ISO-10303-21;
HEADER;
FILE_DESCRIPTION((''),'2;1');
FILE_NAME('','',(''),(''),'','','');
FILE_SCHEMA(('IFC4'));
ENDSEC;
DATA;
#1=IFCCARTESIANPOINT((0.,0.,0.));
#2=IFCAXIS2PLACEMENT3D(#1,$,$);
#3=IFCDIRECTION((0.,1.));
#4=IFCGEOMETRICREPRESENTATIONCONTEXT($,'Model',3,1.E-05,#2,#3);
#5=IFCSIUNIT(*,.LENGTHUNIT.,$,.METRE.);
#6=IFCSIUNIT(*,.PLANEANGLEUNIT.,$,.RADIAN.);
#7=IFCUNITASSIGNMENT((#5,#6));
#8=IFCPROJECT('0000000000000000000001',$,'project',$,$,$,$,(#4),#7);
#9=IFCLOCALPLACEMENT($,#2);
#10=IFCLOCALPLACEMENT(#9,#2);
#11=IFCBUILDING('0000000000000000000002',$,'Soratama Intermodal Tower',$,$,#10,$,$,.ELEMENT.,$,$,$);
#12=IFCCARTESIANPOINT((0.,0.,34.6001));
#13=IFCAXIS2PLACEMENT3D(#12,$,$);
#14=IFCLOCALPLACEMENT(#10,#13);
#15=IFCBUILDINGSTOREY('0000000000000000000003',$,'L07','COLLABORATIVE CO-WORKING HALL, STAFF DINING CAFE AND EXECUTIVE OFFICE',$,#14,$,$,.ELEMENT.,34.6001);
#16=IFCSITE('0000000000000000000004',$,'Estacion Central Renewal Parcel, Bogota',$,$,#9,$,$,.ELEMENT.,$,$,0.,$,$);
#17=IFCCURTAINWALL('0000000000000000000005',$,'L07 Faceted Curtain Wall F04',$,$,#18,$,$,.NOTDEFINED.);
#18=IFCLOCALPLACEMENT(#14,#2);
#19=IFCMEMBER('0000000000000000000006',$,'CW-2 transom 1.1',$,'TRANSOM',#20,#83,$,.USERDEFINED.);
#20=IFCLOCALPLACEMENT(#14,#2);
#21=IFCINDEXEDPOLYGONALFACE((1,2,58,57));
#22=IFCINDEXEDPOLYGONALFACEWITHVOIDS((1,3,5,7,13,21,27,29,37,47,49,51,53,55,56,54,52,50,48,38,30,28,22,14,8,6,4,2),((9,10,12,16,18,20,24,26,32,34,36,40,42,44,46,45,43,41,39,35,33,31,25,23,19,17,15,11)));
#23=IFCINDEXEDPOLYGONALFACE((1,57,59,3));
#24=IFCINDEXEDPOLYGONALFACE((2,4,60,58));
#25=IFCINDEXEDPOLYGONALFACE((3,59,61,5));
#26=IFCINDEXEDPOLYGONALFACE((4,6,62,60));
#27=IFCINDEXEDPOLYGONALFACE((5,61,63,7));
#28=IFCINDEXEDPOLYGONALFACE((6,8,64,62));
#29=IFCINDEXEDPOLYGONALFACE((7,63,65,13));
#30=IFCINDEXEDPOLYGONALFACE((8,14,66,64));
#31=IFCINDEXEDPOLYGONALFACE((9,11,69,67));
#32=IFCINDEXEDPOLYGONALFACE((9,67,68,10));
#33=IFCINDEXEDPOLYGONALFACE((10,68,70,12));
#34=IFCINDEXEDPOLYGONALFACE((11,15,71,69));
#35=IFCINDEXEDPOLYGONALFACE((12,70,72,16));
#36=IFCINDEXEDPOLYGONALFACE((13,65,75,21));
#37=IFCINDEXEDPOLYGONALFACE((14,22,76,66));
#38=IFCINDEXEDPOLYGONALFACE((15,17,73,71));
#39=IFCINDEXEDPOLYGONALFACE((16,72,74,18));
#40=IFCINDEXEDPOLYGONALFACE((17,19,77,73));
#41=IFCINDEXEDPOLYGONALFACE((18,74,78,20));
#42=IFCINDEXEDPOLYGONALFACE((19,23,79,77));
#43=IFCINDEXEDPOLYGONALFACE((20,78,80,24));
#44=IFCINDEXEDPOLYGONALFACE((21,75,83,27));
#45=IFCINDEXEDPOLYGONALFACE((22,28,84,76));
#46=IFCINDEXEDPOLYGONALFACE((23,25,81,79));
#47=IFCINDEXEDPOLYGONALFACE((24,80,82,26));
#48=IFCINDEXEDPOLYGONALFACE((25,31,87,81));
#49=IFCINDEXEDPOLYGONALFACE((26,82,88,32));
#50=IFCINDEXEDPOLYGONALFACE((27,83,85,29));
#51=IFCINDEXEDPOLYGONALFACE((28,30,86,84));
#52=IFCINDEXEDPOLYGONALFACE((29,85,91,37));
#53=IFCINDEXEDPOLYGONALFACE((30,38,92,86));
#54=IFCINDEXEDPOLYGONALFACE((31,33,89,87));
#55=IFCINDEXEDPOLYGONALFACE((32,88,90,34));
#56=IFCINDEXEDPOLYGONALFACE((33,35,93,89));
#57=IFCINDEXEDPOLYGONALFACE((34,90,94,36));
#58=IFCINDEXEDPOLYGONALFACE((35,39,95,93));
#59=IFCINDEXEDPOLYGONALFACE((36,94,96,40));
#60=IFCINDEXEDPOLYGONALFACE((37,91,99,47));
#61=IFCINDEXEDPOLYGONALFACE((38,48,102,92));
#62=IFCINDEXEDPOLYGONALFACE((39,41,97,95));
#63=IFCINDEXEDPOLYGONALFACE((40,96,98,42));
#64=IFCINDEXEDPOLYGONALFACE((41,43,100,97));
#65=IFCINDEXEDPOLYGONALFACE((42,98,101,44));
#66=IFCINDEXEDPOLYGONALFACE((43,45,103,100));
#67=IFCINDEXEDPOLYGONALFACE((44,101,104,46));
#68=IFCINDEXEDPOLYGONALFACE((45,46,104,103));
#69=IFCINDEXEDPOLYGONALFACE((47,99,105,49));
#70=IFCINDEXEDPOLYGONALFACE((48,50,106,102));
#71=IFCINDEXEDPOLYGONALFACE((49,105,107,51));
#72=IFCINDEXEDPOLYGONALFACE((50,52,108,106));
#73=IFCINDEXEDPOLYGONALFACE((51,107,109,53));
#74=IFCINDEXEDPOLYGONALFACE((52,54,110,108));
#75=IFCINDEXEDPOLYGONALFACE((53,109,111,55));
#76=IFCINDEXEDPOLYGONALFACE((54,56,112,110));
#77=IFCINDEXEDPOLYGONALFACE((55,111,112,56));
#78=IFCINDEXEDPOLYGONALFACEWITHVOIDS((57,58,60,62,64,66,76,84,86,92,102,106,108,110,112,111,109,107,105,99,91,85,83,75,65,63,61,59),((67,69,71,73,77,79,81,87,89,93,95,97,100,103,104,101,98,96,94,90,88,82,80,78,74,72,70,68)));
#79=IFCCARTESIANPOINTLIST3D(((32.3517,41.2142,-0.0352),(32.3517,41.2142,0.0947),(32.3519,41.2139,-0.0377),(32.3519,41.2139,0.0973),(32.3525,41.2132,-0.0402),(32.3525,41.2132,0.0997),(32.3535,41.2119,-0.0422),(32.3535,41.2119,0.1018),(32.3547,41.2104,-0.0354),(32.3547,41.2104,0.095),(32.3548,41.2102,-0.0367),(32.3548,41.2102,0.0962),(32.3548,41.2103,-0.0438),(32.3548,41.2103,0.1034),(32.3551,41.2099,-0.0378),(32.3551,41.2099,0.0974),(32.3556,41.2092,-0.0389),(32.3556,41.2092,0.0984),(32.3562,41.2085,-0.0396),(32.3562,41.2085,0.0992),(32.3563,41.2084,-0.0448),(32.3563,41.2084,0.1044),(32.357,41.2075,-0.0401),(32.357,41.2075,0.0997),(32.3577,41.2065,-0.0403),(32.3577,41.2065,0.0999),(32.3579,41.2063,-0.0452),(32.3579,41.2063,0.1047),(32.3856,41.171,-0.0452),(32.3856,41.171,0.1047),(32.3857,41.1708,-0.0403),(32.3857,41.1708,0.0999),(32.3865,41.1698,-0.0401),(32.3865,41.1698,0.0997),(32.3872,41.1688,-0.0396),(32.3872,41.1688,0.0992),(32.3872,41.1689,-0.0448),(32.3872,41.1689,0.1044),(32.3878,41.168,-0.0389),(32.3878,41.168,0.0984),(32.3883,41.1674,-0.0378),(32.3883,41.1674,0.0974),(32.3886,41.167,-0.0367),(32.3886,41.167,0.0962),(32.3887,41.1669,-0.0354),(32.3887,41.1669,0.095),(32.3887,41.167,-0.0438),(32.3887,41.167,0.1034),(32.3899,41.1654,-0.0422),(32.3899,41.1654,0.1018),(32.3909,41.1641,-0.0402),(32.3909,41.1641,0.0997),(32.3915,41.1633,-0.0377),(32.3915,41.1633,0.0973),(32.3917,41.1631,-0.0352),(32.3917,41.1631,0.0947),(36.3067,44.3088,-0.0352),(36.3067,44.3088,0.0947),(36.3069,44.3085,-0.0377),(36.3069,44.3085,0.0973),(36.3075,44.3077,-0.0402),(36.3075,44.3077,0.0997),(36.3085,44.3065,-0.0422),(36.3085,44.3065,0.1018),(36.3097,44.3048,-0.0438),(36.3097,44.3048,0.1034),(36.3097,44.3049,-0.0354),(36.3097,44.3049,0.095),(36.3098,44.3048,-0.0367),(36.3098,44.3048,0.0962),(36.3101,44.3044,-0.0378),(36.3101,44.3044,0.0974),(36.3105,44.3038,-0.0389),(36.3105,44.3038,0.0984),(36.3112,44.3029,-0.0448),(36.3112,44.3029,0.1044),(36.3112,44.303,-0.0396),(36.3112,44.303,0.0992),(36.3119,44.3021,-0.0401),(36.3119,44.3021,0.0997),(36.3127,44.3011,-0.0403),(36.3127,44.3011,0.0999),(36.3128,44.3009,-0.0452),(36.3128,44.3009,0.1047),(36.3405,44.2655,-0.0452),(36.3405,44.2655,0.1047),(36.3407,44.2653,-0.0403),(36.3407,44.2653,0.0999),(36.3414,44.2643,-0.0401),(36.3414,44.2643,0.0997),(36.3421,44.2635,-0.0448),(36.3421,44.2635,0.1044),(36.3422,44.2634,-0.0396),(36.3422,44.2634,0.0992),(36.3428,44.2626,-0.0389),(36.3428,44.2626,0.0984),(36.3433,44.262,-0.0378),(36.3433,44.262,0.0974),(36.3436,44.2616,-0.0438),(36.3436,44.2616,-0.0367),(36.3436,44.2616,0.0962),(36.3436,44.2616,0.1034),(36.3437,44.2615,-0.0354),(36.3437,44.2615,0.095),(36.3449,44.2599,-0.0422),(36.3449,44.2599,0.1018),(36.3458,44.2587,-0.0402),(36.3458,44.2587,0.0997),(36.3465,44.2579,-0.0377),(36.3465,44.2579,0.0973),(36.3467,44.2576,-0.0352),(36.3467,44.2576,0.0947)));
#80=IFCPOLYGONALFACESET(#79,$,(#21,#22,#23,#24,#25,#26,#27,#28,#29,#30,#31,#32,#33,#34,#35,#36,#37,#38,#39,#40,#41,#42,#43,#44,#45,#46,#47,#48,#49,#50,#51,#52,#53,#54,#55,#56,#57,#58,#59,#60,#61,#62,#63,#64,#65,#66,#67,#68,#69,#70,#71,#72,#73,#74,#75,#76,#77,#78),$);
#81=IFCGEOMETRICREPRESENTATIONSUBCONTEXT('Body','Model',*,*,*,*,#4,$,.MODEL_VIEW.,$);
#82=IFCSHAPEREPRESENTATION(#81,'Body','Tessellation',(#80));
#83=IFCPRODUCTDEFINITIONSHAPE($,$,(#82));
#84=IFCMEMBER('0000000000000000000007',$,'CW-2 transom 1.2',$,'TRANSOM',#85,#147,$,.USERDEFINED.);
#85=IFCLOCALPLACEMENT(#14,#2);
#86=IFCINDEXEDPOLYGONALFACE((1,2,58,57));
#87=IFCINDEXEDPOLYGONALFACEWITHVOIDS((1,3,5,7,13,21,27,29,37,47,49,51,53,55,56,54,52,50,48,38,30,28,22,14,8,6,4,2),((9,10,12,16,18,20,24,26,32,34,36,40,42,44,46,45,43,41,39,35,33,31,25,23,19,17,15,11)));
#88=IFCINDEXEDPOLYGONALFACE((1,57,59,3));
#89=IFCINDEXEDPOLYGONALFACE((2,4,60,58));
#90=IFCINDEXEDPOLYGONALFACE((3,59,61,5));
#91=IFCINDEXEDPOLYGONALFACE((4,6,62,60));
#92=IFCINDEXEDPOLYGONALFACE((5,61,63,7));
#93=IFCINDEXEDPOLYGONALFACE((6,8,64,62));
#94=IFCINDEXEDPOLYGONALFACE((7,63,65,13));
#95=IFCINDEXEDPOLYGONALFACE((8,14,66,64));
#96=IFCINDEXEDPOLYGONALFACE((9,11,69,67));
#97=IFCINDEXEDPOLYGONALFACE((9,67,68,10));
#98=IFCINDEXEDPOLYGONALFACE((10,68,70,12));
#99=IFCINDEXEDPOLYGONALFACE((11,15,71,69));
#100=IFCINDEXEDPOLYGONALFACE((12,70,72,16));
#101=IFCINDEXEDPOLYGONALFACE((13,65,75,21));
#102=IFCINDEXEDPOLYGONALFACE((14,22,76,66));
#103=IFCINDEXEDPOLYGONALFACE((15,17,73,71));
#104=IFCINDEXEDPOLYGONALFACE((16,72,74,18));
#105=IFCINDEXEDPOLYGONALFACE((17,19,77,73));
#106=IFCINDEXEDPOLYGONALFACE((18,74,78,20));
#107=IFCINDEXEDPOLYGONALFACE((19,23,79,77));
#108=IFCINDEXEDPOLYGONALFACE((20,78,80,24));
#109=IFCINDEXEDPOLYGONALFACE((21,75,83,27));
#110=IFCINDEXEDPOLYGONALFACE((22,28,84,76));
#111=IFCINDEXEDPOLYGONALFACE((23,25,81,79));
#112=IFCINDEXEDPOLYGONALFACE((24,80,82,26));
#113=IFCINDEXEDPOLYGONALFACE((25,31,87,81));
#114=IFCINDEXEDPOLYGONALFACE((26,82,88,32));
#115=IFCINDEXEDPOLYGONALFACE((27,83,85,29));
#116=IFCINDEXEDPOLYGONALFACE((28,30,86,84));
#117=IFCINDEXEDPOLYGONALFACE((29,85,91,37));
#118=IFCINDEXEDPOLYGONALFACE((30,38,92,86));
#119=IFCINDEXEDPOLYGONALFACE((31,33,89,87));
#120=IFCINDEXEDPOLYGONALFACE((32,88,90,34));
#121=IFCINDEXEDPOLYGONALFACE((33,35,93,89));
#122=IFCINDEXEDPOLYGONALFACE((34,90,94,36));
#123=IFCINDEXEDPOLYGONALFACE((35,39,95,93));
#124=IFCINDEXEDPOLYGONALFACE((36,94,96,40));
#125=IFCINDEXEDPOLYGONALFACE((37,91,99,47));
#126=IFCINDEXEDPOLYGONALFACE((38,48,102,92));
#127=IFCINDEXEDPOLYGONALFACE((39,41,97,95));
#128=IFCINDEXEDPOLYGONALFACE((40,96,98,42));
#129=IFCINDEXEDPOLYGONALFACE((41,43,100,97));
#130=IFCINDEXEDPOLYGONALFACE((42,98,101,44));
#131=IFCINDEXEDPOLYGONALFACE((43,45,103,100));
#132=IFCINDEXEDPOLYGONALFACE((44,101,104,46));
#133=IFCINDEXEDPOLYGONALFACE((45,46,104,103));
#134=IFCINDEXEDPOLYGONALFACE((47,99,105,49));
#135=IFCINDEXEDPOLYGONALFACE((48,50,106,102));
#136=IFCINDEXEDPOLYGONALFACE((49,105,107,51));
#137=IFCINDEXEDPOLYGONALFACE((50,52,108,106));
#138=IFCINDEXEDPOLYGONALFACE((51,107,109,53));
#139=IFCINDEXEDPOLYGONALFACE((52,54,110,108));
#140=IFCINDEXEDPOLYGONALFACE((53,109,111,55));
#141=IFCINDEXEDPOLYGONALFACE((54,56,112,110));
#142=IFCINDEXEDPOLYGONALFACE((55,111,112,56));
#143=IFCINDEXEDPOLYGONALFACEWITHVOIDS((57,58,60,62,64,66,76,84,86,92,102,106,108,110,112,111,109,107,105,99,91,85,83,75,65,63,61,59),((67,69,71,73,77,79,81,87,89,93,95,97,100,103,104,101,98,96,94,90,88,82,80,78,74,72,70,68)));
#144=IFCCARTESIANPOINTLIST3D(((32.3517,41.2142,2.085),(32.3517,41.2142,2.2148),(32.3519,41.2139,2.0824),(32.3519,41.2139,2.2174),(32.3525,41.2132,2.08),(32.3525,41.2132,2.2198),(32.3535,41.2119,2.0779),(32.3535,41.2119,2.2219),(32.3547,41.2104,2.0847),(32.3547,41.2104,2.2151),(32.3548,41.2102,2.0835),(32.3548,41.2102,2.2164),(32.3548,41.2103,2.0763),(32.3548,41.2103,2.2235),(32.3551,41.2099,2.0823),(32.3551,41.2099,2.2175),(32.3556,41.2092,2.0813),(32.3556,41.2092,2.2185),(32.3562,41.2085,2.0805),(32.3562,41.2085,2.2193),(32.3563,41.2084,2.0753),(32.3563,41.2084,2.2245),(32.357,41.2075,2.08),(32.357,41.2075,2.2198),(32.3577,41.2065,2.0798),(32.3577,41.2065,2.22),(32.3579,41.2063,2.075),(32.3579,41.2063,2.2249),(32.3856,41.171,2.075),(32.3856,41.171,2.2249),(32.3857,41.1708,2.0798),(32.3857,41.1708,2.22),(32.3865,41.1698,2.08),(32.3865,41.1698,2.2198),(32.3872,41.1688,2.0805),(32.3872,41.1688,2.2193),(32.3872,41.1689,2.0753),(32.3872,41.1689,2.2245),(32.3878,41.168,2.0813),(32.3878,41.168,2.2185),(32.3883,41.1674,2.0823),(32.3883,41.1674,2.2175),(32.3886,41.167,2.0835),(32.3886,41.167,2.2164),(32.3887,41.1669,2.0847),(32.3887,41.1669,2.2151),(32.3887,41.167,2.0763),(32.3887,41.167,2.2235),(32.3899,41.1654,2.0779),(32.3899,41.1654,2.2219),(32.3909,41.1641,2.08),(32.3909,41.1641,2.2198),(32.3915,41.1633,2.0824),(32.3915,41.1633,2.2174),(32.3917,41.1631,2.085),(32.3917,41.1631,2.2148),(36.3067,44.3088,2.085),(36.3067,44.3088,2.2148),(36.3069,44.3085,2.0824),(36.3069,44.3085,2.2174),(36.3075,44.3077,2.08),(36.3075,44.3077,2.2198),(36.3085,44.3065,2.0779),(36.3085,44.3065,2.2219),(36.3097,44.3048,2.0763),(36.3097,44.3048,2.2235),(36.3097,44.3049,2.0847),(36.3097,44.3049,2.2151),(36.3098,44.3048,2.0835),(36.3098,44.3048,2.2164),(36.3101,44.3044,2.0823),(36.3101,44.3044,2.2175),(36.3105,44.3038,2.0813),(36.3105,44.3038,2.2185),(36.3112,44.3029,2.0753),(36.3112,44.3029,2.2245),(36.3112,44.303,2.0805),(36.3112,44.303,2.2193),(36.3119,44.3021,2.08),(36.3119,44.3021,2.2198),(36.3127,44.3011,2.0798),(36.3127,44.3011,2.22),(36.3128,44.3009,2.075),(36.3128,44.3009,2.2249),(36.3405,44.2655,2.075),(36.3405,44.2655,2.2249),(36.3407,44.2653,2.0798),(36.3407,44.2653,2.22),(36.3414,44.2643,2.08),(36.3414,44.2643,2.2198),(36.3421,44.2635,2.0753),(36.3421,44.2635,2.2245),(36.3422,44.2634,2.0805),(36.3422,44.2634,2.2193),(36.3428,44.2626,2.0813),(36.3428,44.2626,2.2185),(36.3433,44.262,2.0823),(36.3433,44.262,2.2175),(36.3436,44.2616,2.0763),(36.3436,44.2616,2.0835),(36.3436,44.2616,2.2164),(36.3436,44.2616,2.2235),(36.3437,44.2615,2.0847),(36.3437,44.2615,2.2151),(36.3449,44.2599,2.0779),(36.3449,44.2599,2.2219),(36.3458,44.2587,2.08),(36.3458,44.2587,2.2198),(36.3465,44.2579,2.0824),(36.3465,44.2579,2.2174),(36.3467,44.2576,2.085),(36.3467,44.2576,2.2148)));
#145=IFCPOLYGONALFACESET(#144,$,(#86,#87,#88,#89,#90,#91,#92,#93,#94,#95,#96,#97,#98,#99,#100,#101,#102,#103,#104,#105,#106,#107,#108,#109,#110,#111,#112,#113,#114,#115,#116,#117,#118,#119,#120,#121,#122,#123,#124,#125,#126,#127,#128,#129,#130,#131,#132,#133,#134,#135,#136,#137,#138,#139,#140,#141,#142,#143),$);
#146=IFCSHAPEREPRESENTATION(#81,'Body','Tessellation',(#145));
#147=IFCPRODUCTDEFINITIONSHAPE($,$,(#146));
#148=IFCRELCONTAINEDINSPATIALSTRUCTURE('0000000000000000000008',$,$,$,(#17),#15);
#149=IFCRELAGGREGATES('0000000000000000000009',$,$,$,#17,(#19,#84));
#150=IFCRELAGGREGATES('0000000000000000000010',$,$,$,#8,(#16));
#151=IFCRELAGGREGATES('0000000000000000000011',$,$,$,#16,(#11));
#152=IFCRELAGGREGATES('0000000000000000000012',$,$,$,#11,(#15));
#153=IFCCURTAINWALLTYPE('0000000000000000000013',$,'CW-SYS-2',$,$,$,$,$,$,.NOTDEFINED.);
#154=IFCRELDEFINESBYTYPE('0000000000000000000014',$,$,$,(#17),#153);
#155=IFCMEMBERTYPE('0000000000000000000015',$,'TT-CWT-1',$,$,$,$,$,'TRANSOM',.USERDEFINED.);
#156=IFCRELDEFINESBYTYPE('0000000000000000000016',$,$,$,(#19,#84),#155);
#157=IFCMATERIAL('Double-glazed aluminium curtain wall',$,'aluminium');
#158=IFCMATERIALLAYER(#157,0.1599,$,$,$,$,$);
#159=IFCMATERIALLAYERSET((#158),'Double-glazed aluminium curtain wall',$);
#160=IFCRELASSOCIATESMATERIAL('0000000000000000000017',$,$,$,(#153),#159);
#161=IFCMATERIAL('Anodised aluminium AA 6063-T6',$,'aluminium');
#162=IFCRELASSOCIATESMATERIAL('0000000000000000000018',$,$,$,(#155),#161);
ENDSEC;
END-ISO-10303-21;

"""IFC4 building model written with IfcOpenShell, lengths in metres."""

from ifc_helpers import new_model, si_unit, direction, frame, origin, origin_2d, place, context, subcontext, project, spatial, hollow_rectangle, extrude, material, layer, layer_set, material_profile, profile_set, type_object, element, aggregate, save


model = new_model("IFC4")

# Units and contexts
model_context = context("Model", 3, precision=1e-05, world=origin(), true_north=direction((0.0, 1.0)))
body_context = subcontext(model_context, "Body", "Model", "MODEL_VIEW")
ifc_project = project(units=[si_unit("LENGTHUNIT", "METRE"), si_unit("PLANEANGLEUNIT", "RADIAN")], contexts=[model_context])

# Site, building, storey
site_placement = place(None, origin())
site = spatial("IfcSite", under=ifc_project, at=site_placement, Name="Estacion Central Renewal Parcel, Bogota", CompositionType="ELEMENT", RefElevation=0.0)
building_placement = place(site_placement, origin())
building = spatial("IfcBuilding", under=site, at=building_placement, Name="Soratama Intermodal Tower", CompositionType="ELEMENT")
storey_placement = place(building_placement, frame((0.0, 0.0, 34.6001)))
storey = spatial("IfcBuildingStorey", under=building, at=storey_placement, Name="L07", Description="COLLABORATIVE CO-WORKING HALL, STAFF DINING CAFE AND EXECUTIVE OFFICE", CompositionType="ELEMENT", Elevation=34.6001)

# Curtain wall, members
ifc_material_1 = material(Name="Double-glazed aluminium curtain wall", Category="aluminium")
ifc_layer_1 = layer(ifc_material_1, 0.1599)
ifc_layer_set_1 = layer_set([ifc_layer_1], Name="Double-glazed aluminium curtain wall")
curtain_wall_type = type_object("IfcCurtainWallType", Name="CW-SYS-2", PredefinedType="NOTDEFINED", material=ifc_layer_set_1)
curtain_wall_placement = place(storey_placement, origin())
curtain_wall = element("IfcCurtainWall", 1, at=curtain_wall_placement, inside=storey, type_object=curtain_wall_type, Name="L07 Faceted Curtain Wall F04", PredefinedType="NOTDEFINED")
ifc_material_2 = material(Name="Anodised aluminium AA 6063-T6", Category="aluminium")
ifc_material_profile_1 = material_profile(ifc_material_2, hollow_rectangle(XDim=0.0649, YDim=0.1499, WallThickness=0.0049, InnerFilletRadius=0.0049, OuterFilletRadius=0.01, at=origin_2d()), Name="CWT150X65X5")
ifc_profile_set_1 = profile_set([ifc_material_profile_1], Name="Anodised aluminium AA 6063-T6")
member_type_1 = type_object("IfcMemberType", Name="TT-CWT-1", ElementType="TRANSOM", PredefinedType="USERDEFINED", material=ifc_profile_set_1)
member_1_placement = place(storey_placement, frame((36.3267, 44.2832, 0.0298), z_axis=(-0.787563, -0.616234, 0.0), x_axis=(0.616234, -0.787563, 0.0)))
member_1 = element("IfcMember", 2, at=member_1_placement, type_object=member_type_1, Name="CW-2 transom 1.1", ObjectType="TRANSOM", PredefinedType="USERDEFINED", context=body_context, shape_type="SweptSolid", body=[
    extrude(hollow_rectangle(XDim=0.0649, YDim=0.1499, WallThickness=0.0049, InnerFilletRadius=0.0049, OuterFilletRadius=0.01, at=origin_2d()), origin(), (0.0, 0.0, 1.0), 5.0217),
])
member_2_placement = place(storey_placement, frame((36.3267, 44.2832, 2.1499), z_axis=(-0.787563, -0.616234, 0.0), x_axis=(0.616234, -0.787563, 0.0)))
member_2 = element("IfcMember", 3, at=member_2_placement, type_object=member_type_1, Name="CW-2 transom 1.2", ObjectType="TRANSOM", PredefinedType="USERDEFINED", context=body_context, shape_type="SweptSolid", body=[
    extrude(hollow_rectangle(XDim=0.0649, YDim=0.1499, WallThickness=0.0049, InnerFilletRadius=0.0049, OuterFilletRadius=0.01, at=origin_2d()), origin(), (0.0, 0.0, 1.0), 5.0217),
])
aggregate(curtain_wall, [member_1, member_2])

save(model, "model.ifc")
